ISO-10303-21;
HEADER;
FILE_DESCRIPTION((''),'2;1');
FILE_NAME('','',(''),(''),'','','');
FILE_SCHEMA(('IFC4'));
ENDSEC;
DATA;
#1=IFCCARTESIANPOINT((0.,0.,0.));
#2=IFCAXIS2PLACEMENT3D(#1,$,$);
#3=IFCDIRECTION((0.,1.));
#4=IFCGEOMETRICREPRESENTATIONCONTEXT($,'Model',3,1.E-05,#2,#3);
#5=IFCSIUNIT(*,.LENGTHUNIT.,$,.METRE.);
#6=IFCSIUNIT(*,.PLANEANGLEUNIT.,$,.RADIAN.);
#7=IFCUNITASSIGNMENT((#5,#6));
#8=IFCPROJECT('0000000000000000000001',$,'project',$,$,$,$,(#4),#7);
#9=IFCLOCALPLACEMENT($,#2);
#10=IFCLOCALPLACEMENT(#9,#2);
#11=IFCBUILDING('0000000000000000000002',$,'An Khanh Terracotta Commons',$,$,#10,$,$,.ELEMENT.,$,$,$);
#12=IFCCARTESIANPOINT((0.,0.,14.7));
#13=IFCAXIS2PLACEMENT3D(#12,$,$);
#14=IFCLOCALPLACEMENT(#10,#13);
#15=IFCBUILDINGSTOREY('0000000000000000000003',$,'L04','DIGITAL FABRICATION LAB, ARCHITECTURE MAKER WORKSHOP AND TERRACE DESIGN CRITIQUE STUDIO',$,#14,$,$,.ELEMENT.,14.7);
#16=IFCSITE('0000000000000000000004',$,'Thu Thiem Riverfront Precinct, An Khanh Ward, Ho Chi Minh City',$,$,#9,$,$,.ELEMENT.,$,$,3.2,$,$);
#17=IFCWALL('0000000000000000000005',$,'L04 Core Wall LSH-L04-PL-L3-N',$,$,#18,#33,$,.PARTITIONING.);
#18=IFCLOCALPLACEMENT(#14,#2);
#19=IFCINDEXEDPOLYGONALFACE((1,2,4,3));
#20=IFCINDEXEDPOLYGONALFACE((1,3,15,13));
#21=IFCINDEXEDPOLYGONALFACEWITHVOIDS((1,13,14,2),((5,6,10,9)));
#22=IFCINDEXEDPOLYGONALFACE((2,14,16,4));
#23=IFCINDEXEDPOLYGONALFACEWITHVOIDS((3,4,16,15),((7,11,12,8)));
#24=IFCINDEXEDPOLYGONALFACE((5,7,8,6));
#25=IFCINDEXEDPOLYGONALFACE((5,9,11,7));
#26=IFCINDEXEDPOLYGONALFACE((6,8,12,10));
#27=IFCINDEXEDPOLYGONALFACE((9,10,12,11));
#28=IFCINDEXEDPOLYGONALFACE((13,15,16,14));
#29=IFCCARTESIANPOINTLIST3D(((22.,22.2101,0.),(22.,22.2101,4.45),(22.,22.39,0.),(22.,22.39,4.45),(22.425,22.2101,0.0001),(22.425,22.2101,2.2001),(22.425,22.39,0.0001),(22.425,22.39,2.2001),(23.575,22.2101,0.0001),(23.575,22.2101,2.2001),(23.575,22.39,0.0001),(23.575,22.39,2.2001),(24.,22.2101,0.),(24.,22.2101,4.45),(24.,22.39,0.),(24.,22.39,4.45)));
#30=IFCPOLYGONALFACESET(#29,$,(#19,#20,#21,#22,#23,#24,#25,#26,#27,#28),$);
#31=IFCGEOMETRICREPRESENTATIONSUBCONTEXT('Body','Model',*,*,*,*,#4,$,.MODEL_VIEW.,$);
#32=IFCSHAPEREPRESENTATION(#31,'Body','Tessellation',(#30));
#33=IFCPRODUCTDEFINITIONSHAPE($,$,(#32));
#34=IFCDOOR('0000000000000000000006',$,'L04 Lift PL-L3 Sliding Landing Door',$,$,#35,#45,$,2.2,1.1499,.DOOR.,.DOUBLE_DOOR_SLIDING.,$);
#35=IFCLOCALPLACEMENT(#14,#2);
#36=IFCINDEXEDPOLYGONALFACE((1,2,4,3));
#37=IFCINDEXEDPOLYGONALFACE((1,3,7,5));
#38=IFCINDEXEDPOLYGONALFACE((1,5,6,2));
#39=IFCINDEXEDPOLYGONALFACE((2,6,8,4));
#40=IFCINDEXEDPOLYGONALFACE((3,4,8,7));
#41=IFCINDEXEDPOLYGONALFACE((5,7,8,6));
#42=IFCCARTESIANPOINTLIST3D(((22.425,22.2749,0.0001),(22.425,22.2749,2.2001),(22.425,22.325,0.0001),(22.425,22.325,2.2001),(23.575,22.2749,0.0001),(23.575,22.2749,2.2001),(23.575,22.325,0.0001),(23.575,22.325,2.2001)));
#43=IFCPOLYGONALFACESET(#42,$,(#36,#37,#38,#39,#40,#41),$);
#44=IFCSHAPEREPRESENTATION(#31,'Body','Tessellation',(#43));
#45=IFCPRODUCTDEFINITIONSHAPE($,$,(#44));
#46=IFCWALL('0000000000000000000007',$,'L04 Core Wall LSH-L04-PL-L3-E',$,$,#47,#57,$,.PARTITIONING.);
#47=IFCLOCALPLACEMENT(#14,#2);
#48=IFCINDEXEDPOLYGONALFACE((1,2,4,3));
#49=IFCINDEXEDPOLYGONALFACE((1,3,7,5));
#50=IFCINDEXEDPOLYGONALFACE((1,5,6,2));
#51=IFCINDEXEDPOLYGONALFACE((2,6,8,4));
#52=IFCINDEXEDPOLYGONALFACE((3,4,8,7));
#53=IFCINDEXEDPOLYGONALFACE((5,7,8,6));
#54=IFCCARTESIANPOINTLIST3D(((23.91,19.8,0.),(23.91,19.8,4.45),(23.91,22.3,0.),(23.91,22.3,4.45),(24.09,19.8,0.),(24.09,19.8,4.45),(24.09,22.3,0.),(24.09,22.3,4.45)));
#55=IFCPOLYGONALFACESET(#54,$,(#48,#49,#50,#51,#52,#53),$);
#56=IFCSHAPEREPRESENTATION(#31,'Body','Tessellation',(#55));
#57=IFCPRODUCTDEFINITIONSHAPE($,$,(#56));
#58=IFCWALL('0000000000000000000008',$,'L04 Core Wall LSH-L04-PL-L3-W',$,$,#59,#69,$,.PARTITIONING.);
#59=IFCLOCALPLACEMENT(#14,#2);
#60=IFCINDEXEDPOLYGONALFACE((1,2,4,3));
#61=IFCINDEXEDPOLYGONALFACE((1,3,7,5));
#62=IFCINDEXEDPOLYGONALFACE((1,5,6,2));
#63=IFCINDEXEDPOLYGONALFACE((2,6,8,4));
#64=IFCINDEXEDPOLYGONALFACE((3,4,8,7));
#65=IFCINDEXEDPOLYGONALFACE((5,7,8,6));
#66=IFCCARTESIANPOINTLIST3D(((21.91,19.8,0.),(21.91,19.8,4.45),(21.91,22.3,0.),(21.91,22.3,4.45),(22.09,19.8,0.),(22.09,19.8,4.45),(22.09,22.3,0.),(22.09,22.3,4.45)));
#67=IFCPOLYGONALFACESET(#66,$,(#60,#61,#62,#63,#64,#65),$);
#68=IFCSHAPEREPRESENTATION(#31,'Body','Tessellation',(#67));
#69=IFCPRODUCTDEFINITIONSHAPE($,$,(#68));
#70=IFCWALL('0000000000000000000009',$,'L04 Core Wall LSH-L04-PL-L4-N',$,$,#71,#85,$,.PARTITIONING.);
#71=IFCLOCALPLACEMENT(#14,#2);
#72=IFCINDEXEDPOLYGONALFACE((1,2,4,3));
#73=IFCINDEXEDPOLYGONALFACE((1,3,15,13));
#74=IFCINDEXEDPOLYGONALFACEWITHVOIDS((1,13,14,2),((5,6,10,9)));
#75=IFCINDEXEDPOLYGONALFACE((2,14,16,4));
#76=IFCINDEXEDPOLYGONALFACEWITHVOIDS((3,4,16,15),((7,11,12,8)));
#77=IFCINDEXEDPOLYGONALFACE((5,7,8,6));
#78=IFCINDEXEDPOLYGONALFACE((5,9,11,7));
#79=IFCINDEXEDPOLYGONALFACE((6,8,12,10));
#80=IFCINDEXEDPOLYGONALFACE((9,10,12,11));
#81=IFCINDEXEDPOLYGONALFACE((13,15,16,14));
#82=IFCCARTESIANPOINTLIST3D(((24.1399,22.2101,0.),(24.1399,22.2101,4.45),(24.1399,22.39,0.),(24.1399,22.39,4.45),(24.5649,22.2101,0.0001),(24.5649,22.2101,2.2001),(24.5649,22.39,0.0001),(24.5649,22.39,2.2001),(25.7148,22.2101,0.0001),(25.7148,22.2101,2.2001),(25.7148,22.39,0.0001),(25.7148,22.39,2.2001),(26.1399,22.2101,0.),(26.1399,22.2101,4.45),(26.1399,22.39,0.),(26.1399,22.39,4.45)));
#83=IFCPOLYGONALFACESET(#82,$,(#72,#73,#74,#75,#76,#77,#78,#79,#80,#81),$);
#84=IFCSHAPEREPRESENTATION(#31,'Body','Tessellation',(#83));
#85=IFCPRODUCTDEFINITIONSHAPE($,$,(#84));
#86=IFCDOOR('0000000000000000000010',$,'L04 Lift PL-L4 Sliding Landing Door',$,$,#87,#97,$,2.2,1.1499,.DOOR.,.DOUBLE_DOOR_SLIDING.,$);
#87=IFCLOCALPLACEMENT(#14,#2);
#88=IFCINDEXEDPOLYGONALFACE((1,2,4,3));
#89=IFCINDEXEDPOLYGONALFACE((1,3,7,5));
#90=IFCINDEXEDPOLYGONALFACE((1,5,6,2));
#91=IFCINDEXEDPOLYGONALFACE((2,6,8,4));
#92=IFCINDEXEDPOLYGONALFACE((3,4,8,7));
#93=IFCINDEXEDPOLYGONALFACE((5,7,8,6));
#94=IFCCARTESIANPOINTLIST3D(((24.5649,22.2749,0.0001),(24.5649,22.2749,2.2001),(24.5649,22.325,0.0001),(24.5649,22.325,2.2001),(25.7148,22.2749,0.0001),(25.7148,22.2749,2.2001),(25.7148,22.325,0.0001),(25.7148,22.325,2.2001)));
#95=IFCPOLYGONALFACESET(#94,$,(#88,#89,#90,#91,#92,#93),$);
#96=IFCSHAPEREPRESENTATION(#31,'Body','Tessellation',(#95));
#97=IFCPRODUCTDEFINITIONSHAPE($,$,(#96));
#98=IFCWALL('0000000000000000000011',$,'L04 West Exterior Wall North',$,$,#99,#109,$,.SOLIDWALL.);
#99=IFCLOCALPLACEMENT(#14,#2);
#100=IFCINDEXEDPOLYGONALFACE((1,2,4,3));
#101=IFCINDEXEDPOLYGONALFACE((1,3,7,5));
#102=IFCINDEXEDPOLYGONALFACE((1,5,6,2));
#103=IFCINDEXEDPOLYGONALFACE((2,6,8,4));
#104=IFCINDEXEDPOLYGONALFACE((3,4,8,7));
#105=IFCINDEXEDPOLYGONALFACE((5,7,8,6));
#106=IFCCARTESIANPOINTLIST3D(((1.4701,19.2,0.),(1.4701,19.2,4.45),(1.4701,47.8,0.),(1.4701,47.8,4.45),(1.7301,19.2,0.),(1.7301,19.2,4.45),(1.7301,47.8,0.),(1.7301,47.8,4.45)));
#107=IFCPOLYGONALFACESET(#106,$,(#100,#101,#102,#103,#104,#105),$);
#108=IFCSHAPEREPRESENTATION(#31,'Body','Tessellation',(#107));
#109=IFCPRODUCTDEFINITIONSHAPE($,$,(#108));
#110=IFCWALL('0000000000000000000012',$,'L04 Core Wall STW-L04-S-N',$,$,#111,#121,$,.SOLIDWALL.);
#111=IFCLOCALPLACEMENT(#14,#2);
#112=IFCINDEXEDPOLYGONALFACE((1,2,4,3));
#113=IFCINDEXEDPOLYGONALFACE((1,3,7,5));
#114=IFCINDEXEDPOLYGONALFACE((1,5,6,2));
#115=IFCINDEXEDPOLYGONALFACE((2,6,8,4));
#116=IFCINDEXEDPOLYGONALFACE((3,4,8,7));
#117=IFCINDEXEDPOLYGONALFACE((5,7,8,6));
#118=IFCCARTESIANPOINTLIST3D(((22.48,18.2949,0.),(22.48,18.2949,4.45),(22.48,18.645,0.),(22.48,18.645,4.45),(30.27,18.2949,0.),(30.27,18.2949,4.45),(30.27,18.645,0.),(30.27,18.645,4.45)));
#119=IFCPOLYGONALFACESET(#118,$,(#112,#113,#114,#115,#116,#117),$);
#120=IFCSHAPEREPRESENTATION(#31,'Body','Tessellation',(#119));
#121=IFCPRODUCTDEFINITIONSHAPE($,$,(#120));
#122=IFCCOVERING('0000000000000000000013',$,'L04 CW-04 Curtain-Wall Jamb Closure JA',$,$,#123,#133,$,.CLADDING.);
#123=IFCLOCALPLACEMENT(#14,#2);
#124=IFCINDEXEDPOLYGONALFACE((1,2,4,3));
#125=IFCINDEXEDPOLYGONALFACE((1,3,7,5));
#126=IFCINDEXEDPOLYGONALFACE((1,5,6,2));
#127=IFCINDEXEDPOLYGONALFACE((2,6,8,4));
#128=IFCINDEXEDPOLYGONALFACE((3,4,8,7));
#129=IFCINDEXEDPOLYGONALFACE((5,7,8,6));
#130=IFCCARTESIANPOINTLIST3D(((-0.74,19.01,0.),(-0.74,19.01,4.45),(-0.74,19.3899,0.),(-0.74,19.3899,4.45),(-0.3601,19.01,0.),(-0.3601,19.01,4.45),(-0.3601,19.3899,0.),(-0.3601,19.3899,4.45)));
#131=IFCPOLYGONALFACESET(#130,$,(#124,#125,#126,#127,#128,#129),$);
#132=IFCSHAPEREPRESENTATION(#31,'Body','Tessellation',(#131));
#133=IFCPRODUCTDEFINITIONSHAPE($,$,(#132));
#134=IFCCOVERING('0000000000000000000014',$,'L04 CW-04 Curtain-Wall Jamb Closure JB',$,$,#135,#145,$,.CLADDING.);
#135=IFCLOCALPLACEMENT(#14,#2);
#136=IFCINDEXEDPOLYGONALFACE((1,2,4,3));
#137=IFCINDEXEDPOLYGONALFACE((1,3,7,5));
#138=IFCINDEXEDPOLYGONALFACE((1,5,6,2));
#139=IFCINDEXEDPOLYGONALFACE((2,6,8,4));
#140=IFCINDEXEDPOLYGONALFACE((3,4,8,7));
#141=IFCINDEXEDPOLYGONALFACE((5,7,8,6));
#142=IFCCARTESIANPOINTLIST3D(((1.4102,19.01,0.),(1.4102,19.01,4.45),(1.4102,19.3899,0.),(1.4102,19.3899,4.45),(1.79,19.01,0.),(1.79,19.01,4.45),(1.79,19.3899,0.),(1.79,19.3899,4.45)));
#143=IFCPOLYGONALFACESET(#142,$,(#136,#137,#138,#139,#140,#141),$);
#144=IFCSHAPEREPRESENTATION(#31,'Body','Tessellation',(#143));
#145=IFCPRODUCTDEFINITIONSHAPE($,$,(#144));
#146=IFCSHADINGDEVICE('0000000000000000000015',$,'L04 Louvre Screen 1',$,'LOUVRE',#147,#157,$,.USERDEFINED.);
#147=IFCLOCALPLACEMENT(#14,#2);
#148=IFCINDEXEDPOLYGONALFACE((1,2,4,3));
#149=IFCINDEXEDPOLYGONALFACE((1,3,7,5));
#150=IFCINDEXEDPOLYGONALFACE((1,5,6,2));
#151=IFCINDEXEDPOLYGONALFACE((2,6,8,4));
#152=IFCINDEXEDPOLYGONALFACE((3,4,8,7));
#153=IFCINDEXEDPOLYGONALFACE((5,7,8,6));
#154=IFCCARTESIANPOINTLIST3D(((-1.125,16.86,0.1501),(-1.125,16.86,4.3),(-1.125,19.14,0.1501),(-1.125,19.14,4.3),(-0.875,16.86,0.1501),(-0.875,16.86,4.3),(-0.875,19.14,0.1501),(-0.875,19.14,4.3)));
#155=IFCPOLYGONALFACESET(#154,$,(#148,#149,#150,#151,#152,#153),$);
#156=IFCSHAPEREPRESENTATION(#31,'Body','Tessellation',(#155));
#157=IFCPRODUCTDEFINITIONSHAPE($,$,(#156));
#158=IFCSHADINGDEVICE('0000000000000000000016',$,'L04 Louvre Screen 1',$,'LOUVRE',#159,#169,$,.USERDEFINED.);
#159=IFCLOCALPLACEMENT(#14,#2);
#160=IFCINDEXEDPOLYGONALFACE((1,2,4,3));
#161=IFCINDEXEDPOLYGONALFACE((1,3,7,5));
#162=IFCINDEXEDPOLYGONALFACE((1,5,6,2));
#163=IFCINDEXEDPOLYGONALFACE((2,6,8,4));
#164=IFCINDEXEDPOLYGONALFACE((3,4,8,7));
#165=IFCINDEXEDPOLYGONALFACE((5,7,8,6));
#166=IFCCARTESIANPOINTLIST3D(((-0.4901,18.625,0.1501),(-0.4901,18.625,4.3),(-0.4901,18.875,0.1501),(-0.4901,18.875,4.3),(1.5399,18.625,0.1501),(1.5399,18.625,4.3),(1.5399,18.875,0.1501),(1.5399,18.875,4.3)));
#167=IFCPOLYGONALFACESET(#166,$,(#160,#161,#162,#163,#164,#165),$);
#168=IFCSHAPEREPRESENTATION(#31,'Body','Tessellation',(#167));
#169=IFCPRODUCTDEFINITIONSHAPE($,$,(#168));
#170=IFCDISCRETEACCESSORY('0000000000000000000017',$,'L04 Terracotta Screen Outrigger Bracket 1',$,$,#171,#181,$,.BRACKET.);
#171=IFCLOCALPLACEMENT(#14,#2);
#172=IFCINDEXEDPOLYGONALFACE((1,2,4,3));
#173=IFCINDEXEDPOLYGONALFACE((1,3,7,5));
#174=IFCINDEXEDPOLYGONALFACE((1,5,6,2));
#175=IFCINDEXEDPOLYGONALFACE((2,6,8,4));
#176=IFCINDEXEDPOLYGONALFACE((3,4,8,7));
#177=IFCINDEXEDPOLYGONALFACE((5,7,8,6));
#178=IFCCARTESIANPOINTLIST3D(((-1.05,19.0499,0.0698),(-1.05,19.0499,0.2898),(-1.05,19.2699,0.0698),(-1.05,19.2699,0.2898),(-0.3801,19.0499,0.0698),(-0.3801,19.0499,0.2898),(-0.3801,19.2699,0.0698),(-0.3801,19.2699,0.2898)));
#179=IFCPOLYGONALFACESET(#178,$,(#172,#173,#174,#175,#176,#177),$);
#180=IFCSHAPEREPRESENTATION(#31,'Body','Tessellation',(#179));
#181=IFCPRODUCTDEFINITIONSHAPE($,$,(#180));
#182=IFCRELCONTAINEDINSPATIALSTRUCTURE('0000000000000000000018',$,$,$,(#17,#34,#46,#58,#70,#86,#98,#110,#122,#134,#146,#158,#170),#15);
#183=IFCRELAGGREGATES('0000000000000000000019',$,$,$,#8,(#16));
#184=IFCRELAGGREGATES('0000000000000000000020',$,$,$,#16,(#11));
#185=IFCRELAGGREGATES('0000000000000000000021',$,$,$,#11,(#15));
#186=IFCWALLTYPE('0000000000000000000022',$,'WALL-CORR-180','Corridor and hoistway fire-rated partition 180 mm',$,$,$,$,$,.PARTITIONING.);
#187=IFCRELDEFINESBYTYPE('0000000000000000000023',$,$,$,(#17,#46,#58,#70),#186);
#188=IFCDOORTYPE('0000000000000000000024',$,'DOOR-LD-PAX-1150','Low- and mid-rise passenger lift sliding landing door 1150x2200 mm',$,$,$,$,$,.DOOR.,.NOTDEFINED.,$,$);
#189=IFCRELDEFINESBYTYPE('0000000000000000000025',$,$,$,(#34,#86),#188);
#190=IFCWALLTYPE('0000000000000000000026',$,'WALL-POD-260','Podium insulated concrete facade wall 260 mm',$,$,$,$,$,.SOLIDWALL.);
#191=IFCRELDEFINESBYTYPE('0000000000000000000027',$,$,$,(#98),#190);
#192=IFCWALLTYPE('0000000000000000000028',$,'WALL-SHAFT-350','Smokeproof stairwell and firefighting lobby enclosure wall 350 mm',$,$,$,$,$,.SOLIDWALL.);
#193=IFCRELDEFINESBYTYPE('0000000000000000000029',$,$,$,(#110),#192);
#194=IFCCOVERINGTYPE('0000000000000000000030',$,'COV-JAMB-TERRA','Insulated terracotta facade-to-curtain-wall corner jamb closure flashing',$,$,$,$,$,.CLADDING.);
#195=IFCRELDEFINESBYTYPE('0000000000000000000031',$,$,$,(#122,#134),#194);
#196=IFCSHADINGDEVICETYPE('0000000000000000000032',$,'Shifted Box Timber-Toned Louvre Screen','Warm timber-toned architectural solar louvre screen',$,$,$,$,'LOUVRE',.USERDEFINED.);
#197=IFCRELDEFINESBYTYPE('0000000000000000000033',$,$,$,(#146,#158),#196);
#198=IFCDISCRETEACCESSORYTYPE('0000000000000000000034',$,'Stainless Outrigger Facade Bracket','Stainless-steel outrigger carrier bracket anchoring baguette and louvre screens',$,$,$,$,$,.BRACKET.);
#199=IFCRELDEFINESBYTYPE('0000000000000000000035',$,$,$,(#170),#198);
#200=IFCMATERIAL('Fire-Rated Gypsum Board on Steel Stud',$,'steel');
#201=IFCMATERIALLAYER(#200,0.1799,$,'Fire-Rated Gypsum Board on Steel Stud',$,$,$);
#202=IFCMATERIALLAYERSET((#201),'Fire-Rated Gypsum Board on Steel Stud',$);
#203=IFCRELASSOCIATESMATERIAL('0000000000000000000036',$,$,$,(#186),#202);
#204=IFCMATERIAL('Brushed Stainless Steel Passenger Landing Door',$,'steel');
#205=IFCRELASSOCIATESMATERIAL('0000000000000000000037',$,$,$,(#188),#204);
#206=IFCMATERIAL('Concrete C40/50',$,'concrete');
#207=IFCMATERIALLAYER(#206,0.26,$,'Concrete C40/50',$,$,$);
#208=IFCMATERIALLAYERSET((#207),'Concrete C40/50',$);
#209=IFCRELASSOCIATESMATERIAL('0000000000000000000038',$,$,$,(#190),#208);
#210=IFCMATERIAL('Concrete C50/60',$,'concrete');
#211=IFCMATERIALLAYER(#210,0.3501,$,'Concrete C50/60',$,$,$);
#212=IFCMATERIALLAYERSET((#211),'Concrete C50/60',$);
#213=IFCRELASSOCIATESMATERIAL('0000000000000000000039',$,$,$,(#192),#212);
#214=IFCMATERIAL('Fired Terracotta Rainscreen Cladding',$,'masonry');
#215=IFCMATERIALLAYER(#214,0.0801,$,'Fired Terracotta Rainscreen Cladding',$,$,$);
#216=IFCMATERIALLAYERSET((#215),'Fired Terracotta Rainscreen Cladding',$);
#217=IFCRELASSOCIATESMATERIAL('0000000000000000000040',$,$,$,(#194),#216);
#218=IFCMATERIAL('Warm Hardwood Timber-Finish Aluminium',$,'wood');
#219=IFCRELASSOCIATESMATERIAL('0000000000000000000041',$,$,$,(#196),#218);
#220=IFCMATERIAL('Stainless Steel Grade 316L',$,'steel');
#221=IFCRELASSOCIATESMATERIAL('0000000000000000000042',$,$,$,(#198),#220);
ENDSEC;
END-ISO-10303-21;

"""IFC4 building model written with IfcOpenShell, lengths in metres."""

from ifc_helpers import new_model, si_unit, direction, frame, frame_2d, origin, origin_2d, place, context, subcontext, project, spatial, rectangle, extrude, material, layer, layer_set, type_object, element, fill, save


model = new_model("IFC4")

# Units and contexts
model_context = context("Model", 3, precision=1e-05, world=origin(), true_north=direction((0.0, 1.0)))
body_context = subcontext(model_context, "Body", "Model", "MODEL_VIEW")
ifc_project = project(units=[si_unit("LENGTHUNIT", "METRE"), si_unit("PLANEANGLEUNIT", "RADIAN")], contexts=[model_context])

# Site, building, storey
site_placement = place(None, origin())
site = spatial("IfcSite", under=ifc_project, at=site_placement, Name="Thu Thiem Riverfront Precinct, An Khanh Ward, Ho Chi Minh City", CompositionType="ELEMENT", RefElevation=3.2)
building_placement = place(site_placement, origin())
building = spatial("IfcBuilding", under=site, at=building_placement, Name="An Khanh Terracotta Commons", CompositionType="ELEMENT")
storey_placement = place(building_placement, frame((0.0, 0.0, 14.7)))
storey = spatial("IfcBuildingStorey", under=building, at=storey_placement, Name="L04", Description="DIGITAL FABRICATION LAB, ARCHITECTURE MAKER WORKSHOP AND TERRACE DESIGN CRITIQUE STUDIO", CompositionType="ELEMENT", Elevation=14.7)

# Shared definitions
ifc_material_1 = material(Name="Concrete C50/60", Category="concrete")

# Shared definitions
ifc_material_2 = material(Name="Fire-Rated Gypsum Board on Steel Stud", Category="steel")
ifc_layer_1 = layer(ifc_material_2, 0.1799, Name="Fire-Rated Gypsum Board on Steel Stud")
ifc_layer_set_1 = layer_set([ifc_layer_1], Name="Fire-Rated Gypsum Board on Steel Stud")
wall_type_1 = type_object("IfcWallType", Name="WALL-CORR-180", Description="Corridor and hoistway fire-rated partition 180 mm", PredefinedType="PARTITIONING", material=ifc_layer_set_1)

# Shared definitions
ifc_material_3 = material(Name="Brushed Stainless Steel Passenger Landing Door", Category="steel")
door_type = type_object("IfcDoorType", Name="DOOR-LD-PAX-1150", Description="Low- and mid-rise passenger lift sliding landing door 1150x2200 mm", OperationType="NOTDEFINED", PredefinedType="DOOR", material=ifc_material_3)

# Wall, opening, door
wall_1_placement = place(storey_placement, frame((22.0, 22.3, 0.0), z_axis=(0.0, 0.0, 1.0), x_axis=(1.0, 0.0, 0.0)))
wall_1 = element("IfcWall", 1, at=wall_1_placement, inside=storey, type_object=wall_type_1, Name="L04 Core Wall LSH-L04-PL-L3-N", PredefinedType="PARTITIONING", context=body_context, shape_type="SweptSolid", body=[
    extrude(rectangle(XDim=2.0, YDim=0.1799, at=frame_2d((1.0, 0.0))), origin(), (0.0, 0.0, 1.0), 4.45),
])
opening_1_placement = place(wall_1_placement, frame((0.425, 0.0, 0.0)))
opening_1 = element("IfcOpeningElement", 2, at=opening_1_placement, cuts=wall_1, PredefinedType="OPENING", context=body_context, shape_type="SweptSolid", body=[
    extrude(rectangle(XDim=1.1499, YDim=2.2, at=frame_2d((0.575, 1.1001))), frame((0.0, 0.0999, 0.0), z_axis=(0.0, -1.0, 0.0), x_axis=(1.0, 0.0, 0.0)), (0.0, 0.0, 1.0), 0.2),
])
door_1_placement = place(opening_1_placement, origin())
door_1 = element("IfcDoor", 3, at=door_1_placement, inside=storey, type_object=door_type, Name="L04 Lift PL-L3 Sliding Landing Door", OperationType="DOUBLE_DOOR_SLIDING", OverallHeight=2.2, OverallWidth=1.1499, PredefinedType="DOOR", context=body_context, shape_type="SweptSolid", body=[
    extrude(rectangle(XDim=1.1499, YDim=2.2, at=frame_2d((0.575, 1.1001))), frame((0.0, 0.0249, 0.0), z_axis=(0.0, -1.0, 0.0), x_axis=(1.0, 0.0, 0.0)), (0.0, 0.0, 1.0), 0.05),
])
fill(opening_1, door_1)

# Walls
for number, where, z_axis, x_axis, name in (
    (4, (24.0, 19.8, 0.0), (0.0, 0.0, 1.0), (0.0, 1.0, 0.0), "L04 Core Wall LSH-L04-PL-L3-E"),
    (5, (22.0, 22.3, 0.0), (0.0, 0.0, 1.0), (0.0, -1.0, 0.0), "L04 Core Wall LSH-L04-PL-L3-W"),
):
    element("IfcWall", number, at=place(storey_placement, frame(where, z_axis=z_axis, x_axis=x_axis)), inside=storey, type_object=wall_type_1, Name=name, PredefinedType="PARTITIONING", context=body_context, shape_type="SweptSolid", body=[
        extrude(rectangle(XDim=2.5, YDim=0.1799, at=frame_2d((1.25, 0.0))), origin(), (0.0, 0.0, 1.0), 4.45),
    ])

# Wall, opening, door
wall_2_placement = place(storey_placement, frame((24.1399, 22.3, 0.0), z_axis=(0.0, 0.0, 1.0), x_axis=(1.0, 0.0, 0.0)))
wall_2 = element("IfcWall", 6, at=wall_2_placement, inside=storey, type_object=wall_type_1, Name="L04 Core Wall LSH-L04-PL-L4-N", PredefinedType="PARTITIONING", context=body_context, shape_type="SweptSolid", body=[
    extrude(rectangle(XDim=2.0, YDim=0.1799, at=frame_2d((1.0, 0.0))), origin(), (0.0, 0.0, 1.0), 4.45),
])
opening_2_placement = place(wall_2_placement, frame((0.425, 0.0, 0.0)))
opening_2 = element("IfcOpeningElement", 7, at=opening_2_placement, cuts=wall_2, PredefinedType="OPENING", context=body_context, shape_type="SweptSolid", body=[
    extrude(rectangle(XDim=1.1499, YDim=2.2, at=frame_2d((0.575, 1.1001))), frame((0.0, 0.0999, 0.0), z_axis=(0.0, -1.0, 0.0), x_axis=(1.0, 0.0, 0.0)), (0.0, 0.0, 1.0), 0.2),
])
door_2_placement = place(opening_2_placement, origin())
door_2 = element("IfcDoor", 8, at=door_2_placement, inside=storey, type_object=door_type, Name="L04 Lift PL-L4 Sliding Landing Door", OperationType="DOUBLE_DOOR_SLIDING", OverallHeight=2.2, OverallWidth=1.1499, PredefinedType="DOOR", context=body_context, shape_type="SweptSolid", body=[
    extrude(rectangle(XDim=1.1499, YDim=2.2, at=frame_2d((0.575, 1.1001))), frame((0.0, 0.0249, 0.0), z_axis=(0.0, -1.0, 0.0), x_axis=(1.0, 0.0, 0.0)), (0.0, 0.0, 1.0), 0.05),
])
fill(opening_2, door_2)

# Walls
ifc_material_4 = material(Name="Concrete C40/50", Category="concrete")
ifc_layer_2 = layer(ifc_material_4, 0.26, Name="Concrete C40/50")
ifc_layer_set_2 = layer_set([ifc_layer_2], Name="Concrete C40/50")
wall_type_2 = type_object("IfcWallType", Name="WALL-POD-260", Description="Podium insulated concrete facade wall 260 mm", PredefinedType="SOLIDWALL", material=ifc_layer_set_2)
wall_3_placement = place(storey_placement, frame((1.6001, 19.2, 0.0), z_axis=(0.0, 0.0, 1.0), x_axis=(0.0, 1.0, 0.0)))
element("IfcWall", 9, at=wall_3_placement, inside=storey, type_object=wall_type_2, Name="L04 West Exterior Wall North", PredefinedType="SOLIDWALL", context=body_context, shape_type="SweptSolid", body=[
    extrude(rectangle(XDim=28.6001, YDim=0.26, at=frame_2d((14.3, 0.0))), origin(), (0.0, 0.0, 1.0), 4.45),
])
ifc_layer_3 = layer(ifc_material_1, 0.3501, Name="Concrete C50/60")
ifc_layer_set_3 = layer_set([ifc_layer_3], Name="Concrete C50/60")
wall_type_3 = type_object("IfcWallType", Name="WALL-SHAFT-350", Description="Smokeproof stairwell and firefighting lobby enclosure wall 350 mm", PredefinedType="SOLIDWALL", material=ifc_layer_set_3)
wall_4_placement = place(storey_placement, frame((22.48, 18.47, 0.0), z_axis=(0.0, 0.0, 1.0), x_axis=(1.0, 0.0, 0.0)))
element("IfcWall", 10, at=wall_4_placement, inside=storey, type_object=wall_type_3, Name="L04 Core Wall STW-L04-S-N", PredefinedType="SOLIDWALL", context=body_context, shape_type="SweptSolid", body=[
    extrude(rectangle(XDim=7.79, YDim=0.3501, at=frame_2d((3.895, 0.0))), origin(), (0.0, 0.0, 1.0), 4.45),
])

# Coverings
ifc_material_5 = material(Name="Fired Terracotta Rainscreen Cladding", Category="masonry")
ifc_layer_4 = layer(ifc_material_5, 0.0801, Name="Fired Terracotta Rainscreen Cladding")
ifc_layer_set_4 = layer_set([ifc_layer_4], Name="Fired Terracotta Rainscreen Cladding")
covering_type = type_object("IfcCoveringType", Name="COV-JAMB-TERRA", Description="Insulated terracotta facade-to-curtain-wall corner jamb closure flashing", PredefinedType="CLADDING", material=ifc_layer_set_4)
for number, where, z_axis, x_axis, name in (
    (11, (-0.55, 19.2, 0.0), (0.0, 0.0, 1.0), (1.0, 0.0, 0.0), "L04 CW-04 Curtain-Wall Jamb Closure JA"),
    (12, (1.6001, 19.2, 0.0), (0.0, 0.0, 1.0), (1.0, 0.0, 0.0), "L04 CW-04 Curtain-Wall Jamb Closure JB"),
):
    element("IfcCovering", number, at=place(storey_placement, frame(where, z_axis=z_axis, x_axis=x_axis)), inside=storey, type_object=covering_type, Name=name, PredefinedType="CLADDING", context=body_context, shape_type="SweptSolid", body=[
        extrude(rectangle(XDim=0.3799, YDim=0.3799, at=origin_2d()), origin(), (0.0, 0.0, 1.0), 4.45),
    ])

# Shading devices
ifc_material_6 = material(Name="Warm Hardwood Timber-Finish Aluminium", Category="wood")
shading_device_type = type_object("IfcShadingDeviceType", Name="Shifted Box Timber-Toned Louvre Screen", Description="Warm timber-toned architectural solar louvre screen", ElementType="LOUVRE", PredefinedType="USERDEFINED", material=ifc_material_6)
shading_device_1_placement = place(storey_placement, frame((-1.0, 18.0, 0.1501), z_axis=(0.0, 0.0, 1.0), x_axis=(0.0, -1.0, 0.0)))
element("IfcShadingDevice", 13, at=shading_device_1_placement, inside=storey, type_object=shading_device_type, Name="L04 Louvre Screen 1", ObjectType="LOUVRE", PredefinedType="USERDEFINED", context=body_context, shape_type="SweptSolid", body=[
    extrude(rectangle(XDim=2.28, YDim=0.25, at=origin_2d()), origin(), (0.0, 0.0, 1.0), 4.1499),
])
shading_device_2_placement = place(storey_placement, frame((0.5249, 18.75, 0.1501), z_axis=(0.0, 0.0, 1.0), x_axis=(1.0, 0.0, 0.0)))
element("IfcShadingDevice", 14, at=shading_device_2_placement, inside=storey, type_object=shading_device_type, Name="L04 Louvre Screen 1", ObjectType="LOUVRE", PredefinedType="USERDEFINED", context=body_context, shape_type="SweptSolid", body=[
    extrude(rectangle(XDim=2.03, YDim=0.25, at=origin_2d()), origin(), (0.0, 0.0, 1.0), 4.1499),
])

# Discrete accessory
ifc_material_7 = material(Name="Stainless Steel Grade 316L", Category="steel")
discrete_accessory_type = type_object("IfcDiscreteAccessoryType", Name="Stainless Outrigger Facade Bracket", Description="Stainless-steel outrigger carrier bracket anchoring baguette and louvre screens", PredefinedType="BRACKET", material=ifc_material_7)
for number, where, z_axis, x_axis, name in (
    (15, (-0.7151, 19.1599, 0.0698), (0.0, 0.0, 1.0), (0.0, -1.0, 0.0), "L04 Terracotta Screen Outrigger Bracket 1"),
):
    element("IfcDiscreteAccessory", number, at=place(storey_placement, frame(where, z_axis=z_axis, x_axis=x_axis)), inside=storey, type_object=discrete_accessory_type, Name=name, PredefinedType="BRACKET", context=body_context, shape_type="SweptSolid", body=[
        extrude(rectangle(XDim=0.22, YDim=0.6699, at=origin_2d()), origin(), (0.0, 0.0, 1.0), 0.22),
    ])

save(model, "model.ifc")
